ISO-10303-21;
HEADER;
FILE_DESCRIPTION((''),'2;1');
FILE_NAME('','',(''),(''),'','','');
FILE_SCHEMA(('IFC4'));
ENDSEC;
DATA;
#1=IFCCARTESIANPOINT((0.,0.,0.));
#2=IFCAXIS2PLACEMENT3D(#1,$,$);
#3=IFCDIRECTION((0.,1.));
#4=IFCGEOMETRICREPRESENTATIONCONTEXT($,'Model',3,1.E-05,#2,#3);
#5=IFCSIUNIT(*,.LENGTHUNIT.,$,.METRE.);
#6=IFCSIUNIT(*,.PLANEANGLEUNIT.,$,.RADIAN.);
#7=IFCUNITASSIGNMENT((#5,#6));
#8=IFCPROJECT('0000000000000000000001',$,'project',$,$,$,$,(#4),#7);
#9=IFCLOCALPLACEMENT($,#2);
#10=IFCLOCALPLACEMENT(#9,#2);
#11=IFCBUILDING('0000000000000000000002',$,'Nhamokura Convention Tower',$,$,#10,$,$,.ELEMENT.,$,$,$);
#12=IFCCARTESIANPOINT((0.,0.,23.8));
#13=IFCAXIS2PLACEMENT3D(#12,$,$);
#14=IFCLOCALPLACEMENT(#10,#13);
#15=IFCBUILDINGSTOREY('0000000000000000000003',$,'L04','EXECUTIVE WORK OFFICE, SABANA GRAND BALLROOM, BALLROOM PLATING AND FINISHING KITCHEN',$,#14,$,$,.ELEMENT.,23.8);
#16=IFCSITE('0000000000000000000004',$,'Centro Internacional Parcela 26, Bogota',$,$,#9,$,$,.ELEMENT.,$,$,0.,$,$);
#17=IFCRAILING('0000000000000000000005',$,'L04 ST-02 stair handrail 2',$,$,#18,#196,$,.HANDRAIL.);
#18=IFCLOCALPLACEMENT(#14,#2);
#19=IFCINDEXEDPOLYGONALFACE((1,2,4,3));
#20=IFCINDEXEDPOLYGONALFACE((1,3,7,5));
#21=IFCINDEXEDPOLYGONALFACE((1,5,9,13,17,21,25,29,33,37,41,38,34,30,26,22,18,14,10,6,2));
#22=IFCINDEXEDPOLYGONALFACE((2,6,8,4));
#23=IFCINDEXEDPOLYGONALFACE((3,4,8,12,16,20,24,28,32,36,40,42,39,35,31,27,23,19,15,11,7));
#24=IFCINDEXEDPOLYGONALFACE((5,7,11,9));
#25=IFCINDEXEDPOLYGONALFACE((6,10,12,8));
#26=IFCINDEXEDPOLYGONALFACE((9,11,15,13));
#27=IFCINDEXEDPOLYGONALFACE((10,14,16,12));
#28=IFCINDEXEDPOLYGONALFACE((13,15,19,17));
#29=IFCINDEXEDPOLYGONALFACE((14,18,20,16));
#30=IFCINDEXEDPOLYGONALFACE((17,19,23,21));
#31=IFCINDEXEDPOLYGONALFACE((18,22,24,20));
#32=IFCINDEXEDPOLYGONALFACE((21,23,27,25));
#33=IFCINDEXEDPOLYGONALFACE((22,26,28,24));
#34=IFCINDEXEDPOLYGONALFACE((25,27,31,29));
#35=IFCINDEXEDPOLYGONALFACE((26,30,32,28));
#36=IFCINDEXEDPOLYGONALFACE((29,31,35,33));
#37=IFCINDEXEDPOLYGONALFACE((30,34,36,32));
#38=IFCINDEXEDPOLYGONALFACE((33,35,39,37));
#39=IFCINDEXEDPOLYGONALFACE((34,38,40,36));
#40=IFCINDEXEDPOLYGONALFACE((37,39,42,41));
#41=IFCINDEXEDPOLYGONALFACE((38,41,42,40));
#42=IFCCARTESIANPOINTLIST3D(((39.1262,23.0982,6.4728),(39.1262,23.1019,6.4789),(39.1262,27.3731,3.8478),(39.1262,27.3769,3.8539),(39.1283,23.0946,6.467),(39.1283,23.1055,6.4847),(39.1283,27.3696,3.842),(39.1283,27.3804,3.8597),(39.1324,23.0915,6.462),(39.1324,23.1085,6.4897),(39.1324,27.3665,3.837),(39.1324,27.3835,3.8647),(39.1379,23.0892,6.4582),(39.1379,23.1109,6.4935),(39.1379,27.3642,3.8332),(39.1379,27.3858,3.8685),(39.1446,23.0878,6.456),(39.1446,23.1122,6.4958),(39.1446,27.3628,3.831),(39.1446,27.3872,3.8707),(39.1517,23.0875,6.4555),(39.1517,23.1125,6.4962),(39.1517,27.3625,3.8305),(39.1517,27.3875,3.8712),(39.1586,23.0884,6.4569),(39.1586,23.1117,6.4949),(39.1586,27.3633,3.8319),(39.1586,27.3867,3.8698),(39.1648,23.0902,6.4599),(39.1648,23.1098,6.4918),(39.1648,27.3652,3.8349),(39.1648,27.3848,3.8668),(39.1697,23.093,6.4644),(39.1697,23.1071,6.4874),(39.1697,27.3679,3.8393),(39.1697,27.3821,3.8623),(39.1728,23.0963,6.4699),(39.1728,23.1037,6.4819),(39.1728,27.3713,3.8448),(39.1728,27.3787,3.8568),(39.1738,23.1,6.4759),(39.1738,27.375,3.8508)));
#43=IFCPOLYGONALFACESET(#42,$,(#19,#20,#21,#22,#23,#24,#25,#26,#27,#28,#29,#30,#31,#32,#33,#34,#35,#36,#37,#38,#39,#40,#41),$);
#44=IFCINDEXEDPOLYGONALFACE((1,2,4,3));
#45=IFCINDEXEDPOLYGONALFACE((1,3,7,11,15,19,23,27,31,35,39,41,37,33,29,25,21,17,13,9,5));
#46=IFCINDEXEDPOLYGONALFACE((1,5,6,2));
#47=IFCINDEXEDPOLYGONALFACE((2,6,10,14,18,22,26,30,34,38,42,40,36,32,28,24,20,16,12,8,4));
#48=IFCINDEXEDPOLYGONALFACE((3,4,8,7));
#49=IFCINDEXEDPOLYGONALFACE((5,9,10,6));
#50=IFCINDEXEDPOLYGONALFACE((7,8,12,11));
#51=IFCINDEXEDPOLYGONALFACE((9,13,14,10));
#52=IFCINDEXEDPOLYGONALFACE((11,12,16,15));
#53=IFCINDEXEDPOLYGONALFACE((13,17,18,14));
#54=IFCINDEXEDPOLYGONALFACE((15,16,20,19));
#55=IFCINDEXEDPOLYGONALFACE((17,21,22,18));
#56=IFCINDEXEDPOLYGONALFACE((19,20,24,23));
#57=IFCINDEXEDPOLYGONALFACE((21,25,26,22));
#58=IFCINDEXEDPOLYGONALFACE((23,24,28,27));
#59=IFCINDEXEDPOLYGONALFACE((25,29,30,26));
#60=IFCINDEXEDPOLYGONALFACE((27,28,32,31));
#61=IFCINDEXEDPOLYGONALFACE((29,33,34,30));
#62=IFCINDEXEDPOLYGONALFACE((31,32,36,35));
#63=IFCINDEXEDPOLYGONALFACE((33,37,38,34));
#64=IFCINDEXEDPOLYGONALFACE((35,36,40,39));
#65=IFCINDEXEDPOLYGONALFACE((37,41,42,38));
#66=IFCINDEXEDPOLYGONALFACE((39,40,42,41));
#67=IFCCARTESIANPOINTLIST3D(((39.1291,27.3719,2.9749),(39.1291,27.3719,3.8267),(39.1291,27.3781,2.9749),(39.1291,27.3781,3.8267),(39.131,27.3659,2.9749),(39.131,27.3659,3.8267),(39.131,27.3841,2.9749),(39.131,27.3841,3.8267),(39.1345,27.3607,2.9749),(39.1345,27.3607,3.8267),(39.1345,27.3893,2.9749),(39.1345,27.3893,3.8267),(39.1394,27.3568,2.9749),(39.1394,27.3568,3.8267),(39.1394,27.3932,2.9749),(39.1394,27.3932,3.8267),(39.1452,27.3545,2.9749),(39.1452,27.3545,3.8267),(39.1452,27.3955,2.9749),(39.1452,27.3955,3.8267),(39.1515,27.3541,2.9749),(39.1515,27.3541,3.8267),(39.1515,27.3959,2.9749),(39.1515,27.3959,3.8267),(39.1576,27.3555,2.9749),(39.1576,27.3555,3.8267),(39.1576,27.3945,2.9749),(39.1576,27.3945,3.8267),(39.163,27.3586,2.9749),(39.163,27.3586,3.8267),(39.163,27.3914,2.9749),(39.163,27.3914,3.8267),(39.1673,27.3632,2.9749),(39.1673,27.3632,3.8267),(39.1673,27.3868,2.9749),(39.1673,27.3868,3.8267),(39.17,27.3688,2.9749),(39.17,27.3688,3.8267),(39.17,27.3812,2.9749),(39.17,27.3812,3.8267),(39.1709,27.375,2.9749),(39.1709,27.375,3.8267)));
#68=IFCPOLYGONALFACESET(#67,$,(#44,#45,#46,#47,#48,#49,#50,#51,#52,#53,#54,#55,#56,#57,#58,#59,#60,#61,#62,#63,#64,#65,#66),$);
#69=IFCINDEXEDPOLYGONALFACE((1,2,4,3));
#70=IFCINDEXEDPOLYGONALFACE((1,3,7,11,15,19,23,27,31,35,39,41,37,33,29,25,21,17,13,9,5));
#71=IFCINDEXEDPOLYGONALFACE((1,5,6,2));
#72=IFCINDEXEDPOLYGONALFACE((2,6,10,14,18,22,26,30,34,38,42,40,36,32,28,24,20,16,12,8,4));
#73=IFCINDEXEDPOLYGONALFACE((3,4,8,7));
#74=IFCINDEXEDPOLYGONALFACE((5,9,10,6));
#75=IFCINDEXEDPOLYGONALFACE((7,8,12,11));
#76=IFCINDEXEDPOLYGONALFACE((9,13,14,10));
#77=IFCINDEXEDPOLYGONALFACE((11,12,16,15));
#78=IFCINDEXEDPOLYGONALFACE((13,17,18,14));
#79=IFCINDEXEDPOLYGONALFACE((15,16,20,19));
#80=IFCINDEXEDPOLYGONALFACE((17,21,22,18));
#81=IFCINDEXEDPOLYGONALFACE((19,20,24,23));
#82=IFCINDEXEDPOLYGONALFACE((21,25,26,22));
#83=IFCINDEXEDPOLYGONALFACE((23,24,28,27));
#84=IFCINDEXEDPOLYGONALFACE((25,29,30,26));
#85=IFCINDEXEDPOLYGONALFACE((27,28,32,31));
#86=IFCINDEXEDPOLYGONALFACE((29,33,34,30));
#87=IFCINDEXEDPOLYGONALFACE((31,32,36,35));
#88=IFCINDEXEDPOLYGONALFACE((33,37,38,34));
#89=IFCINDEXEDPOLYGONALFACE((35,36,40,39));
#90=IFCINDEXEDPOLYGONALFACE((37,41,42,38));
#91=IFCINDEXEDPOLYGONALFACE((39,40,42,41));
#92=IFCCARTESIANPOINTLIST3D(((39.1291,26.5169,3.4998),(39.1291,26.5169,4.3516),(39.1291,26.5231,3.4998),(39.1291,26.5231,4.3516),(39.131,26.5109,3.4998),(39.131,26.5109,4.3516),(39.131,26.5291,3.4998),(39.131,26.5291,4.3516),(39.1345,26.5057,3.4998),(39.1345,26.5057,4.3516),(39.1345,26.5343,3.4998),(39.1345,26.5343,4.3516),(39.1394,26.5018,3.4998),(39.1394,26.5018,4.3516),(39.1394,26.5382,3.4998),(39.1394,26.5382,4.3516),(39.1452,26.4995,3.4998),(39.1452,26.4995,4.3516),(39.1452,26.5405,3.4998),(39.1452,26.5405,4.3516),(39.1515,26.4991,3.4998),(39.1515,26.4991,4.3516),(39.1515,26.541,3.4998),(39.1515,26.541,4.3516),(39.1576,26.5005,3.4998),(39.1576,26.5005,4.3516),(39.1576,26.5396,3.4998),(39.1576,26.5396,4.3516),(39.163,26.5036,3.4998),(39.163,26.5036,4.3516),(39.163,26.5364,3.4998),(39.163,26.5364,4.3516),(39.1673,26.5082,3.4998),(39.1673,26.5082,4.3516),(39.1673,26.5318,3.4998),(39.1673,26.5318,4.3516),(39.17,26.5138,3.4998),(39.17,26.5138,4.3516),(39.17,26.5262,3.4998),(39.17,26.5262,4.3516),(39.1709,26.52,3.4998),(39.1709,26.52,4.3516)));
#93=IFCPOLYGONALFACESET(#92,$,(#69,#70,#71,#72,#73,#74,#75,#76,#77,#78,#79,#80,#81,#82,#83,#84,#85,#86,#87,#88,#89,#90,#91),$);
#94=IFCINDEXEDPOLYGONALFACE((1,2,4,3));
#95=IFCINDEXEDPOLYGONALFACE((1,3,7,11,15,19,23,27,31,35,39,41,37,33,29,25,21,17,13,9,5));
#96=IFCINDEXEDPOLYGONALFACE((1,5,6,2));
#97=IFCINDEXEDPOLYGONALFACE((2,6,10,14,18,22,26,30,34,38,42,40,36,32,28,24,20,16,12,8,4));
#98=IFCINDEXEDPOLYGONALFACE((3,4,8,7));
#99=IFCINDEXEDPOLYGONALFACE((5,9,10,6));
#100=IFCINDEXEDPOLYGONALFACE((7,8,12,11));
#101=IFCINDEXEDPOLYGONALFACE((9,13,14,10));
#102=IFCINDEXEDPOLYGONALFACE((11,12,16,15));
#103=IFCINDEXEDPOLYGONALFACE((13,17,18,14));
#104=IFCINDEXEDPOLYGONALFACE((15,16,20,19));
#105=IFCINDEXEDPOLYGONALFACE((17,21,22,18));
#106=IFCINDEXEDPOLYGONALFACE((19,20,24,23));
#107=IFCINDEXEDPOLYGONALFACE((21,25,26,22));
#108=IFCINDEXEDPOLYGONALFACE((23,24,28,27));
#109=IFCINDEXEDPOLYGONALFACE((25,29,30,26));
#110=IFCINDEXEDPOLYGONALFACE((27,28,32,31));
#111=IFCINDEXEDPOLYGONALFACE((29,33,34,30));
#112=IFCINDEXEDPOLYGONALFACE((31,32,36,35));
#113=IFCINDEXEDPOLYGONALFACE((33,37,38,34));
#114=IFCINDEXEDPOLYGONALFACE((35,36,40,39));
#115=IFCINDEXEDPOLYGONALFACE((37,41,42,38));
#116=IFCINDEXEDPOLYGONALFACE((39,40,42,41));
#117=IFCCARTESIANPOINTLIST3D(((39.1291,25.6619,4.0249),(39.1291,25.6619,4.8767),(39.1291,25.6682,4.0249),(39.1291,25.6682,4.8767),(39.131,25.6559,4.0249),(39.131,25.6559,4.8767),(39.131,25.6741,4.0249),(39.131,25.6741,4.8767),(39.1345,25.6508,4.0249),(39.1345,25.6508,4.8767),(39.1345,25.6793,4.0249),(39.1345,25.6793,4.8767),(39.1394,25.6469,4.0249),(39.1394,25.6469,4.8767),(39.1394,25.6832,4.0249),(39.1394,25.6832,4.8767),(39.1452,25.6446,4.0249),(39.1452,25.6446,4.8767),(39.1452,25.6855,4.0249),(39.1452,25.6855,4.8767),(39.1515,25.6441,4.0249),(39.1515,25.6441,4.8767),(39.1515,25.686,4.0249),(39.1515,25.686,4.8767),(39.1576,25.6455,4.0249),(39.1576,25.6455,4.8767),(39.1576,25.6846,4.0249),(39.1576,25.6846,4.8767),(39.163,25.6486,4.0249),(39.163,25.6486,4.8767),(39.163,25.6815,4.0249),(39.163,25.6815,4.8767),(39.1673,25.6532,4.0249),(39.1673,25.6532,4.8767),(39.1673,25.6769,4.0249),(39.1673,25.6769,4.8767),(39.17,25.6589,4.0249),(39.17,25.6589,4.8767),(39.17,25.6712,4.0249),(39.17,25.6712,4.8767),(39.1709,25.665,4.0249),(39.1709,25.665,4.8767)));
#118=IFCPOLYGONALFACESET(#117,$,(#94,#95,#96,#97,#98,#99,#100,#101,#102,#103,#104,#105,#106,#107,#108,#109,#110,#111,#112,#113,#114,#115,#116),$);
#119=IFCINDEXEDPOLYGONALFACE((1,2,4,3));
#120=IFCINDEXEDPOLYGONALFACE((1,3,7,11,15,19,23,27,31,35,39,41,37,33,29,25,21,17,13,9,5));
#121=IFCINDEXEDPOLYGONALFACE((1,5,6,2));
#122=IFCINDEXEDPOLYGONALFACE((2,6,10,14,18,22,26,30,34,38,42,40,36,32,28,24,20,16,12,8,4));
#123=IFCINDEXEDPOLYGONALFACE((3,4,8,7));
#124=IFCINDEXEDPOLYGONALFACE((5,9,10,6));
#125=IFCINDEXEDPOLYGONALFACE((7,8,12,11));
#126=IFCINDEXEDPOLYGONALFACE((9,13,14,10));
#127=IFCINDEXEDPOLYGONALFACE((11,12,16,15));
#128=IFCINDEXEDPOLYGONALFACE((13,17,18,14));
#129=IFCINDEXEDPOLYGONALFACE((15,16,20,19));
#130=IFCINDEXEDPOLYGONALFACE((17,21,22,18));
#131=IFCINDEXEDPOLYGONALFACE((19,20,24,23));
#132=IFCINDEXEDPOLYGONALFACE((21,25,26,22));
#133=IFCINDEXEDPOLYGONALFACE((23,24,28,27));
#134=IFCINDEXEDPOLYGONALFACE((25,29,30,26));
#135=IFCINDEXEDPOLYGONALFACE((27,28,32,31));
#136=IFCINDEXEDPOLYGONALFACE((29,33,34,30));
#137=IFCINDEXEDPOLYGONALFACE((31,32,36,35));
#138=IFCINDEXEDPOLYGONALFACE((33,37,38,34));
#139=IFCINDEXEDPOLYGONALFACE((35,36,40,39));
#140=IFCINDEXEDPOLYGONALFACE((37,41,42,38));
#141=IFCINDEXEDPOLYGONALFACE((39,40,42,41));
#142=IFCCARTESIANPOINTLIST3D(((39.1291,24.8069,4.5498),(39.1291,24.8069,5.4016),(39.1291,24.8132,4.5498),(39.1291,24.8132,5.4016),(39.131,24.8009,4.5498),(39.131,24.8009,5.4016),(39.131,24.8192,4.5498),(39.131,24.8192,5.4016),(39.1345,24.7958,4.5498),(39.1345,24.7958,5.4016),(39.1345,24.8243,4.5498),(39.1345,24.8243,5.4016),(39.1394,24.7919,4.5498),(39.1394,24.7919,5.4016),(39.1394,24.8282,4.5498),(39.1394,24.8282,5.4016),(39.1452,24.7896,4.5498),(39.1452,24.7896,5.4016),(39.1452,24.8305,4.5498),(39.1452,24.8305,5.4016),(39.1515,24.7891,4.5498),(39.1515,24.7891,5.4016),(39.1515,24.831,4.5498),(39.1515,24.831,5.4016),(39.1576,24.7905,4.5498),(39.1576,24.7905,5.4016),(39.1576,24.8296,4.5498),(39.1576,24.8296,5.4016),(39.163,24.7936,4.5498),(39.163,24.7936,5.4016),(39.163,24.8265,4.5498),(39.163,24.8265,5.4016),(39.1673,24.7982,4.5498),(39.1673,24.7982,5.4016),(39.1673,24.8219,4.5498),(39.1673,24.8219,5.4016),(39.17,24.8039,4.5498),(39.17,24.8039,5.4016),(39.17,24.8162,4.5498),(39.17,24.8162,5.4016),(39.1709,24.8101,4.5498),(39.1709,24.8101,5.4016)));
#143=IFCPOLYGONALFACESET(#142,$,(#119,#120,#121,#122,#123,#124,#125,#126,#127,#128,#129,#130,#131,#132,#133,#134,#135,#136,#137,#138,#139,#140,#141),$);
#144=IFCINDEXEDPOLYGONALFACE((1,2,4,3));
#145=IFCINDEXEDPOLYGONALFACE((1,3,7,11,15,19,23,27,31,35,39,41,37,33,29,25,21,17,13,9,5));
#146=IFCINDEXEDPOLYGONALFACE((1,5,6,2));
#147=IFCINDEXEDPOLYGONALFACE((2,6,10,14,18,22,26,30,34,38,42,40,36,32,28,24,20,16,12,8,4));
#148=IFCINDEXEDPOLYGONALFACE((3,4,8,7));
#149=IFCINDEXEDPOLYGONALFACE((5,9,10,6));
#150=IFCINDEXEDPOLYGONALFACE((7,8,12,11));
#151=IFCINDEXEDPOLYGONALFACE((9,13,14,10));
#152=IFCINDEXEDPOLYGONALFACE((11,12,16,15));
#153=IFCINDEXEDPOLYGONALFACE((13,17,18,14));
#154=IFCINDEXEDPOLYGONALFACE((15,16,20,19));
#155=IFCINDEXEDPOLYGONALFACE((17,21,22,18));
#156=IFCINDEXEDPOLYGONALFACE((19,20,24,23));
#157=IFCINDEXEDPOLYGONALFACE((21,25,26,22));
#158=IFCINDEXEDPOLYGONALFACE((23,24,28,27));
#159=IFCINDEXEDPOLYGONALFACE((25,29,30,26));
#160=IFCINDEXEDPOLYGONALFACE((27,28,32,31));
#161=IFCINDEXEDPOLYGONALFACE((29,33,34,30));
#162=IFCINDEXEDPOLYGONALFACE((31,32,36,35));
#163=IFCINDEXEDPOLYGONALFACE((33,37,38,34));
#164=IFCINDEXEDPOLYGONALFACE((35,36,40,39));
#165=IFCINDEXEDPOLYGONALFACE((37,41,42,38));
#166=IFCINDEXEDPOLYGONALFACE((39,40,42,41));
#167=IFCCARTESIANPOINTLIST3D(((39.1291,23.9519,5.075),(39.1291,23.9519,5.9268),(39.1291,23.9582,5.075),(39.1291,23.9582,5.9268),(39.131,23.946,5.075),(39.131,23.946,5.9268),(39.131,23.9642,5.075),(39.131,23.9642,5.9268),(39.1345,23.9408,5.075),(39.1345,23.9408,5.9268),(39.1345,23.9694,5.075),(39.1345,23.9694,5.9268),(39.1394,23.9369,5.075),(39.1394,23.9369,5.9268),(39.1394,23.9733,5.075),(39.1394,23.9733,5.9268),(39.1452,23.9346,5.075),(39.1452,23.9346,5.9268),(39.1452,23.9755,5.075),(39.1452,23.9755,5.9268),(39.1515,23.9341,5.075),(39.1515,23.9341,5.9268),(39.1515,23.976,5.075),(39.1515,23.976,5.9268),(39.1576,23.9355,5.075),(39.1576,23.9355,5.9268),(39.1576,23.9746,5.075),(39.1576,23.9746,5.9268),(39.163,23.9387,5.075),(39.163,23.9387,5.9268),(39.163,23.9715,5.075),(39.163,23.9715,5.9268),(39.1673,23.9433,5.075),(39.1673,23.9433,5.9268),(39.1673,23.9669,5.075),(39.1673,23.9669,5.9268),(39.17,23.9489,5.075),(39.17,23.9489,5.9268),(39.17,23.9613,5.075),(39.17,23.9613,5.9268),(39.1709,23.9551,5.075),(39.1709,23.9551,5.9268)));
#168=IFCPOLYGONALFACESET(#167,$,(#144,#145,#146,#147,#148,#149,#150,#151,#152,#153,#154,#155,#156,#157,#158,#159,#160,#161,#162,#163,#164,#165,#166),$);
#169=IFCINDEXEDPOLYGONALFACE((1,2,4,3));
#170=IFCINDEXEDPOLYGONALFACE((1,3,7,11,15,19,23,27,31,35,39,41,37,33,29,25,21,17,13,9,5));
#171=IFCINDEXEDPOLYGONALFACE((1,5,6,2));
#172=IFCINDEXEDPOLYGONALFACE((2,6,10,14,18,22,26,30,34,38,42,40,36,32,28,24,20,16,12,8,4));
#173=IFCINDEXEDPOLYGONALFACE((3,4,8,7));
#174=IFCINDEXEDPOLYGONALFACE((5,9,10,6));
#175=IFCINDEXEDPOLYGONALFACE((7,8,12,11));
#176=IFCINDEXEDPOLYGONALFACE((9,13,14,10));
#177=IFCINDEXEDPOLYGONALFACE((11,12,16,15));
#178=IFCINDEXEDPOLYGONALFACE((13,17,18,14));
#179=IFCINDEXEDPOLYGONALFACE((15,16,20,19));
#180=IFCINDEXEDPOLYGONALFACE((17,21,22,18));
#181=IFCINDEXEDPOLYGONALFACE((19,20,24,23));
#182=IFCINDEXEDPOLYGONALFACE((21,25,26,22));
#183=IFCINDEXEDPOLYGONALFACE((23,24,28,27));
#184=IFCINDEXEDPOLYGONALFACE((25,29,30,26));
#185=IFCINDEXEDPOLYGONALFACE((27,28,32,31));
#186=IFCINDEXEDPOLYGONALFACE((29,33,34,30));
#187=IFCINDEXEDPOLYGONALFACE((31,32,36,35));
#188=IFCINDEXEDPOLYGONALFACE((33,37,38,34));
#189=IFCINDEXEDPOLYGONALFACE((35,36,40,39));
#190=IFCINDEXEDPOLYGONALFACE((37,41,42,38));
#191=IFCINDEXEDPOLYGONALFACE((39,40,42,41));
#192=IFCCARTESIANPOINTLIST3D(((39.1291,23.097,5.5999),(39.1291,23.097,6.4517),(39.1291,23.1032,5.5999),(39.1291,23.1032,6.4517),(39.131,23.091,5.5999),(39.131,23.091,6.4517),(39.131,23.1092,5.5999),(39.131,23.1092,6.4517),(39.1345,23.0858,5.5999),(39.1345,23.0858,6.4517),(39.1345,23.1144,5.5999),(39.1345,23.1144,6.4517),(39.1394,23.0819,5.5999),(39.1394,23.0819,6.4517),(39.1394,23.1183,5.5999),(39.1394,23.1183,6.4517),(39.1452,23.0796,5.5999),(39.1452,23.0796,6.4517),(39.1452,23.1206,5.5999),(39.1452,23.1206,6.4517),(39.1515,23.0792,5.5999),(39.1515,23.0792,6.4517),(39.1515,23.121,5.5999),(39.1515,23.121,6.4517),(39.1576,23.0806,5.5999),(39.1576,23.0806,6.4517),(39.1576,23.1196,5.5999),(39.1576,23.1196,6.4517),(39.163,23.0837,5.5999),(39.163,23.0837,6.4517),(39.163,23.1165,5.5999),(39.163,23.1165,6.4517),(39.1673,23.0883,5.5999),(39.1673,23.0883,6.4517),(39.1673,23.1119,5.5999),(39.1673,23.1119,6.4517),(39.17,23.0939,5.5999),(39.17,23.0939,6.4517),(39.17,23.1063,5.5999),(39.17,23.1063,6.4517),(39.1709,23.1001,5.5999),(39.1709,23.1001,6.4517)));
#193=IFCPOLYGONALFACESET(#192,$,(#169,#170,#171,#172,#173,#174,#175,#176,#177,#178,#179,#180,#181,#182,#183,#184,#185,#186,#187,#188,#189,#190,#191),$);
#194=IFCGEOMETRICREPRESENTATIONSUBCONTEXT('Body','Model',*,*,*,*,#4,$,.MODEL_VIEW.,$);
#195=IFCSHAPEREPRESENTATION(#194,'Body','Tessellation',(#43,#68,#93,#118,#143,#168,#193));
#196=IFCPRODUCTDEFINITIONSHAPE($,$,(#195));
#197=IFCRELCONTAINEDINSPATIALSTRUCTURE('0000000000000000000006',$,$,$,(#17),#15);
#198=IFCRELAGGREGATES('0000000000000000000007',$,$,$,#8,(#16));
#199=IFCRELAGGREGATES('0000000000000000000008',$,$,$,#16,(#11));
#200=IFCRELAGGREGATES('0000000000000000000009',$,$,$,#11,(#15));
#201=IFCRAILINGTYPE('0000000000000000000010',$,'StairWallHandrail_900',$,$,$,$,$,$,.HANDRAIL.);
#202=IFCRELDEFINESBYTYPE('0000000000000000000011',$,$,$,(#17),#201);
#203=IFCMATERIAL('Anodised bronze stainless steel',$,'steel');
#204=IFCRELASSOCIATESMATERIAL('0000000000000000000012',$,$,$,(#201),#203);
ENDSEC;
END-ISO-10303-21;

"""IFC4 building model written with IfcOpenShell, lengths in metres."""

from ifc_helpers import new_model, si_unit, direction, frame, origin, origin_2d, place, context, subcontext, project, spatial, circle, extrude, material, type_object, element, save


model = new_model("IFC4")

# Units and contexts
model_context = context("Model", 3, precision=1e-05, world=origin(), true_north=direction((0.0, 1.0)))
body_context = subcontext(model_context, "Body", "Model", "MODEL_VIEW")
ifc_project = project(units=[si_unit("LENGTHUNIT", "METRE"), si_unit("PLANEANGLEUNIT", "RADIAN")], contexts=[model_context])

# Site, building, storey
site_placement = place(None, origin())
site = spatial("IfcSite", under=ifc_project, at=site_placement, Name="Centro Internacional Parcela 26, Bogota", CompositionType="ELEMENT", RefElevation=0.0)
building_placement = place(site_placement, origin())
building = spatial("IfcBuilding", under=site, at=building_placement, Name="Nhamokura Convention Tower", CompositionType="ELEMENT")
storey_placement = place(building_placement, frame((0.0, 0.0, 23.8)))
storey = spatial("IfcBuildingStorey", under=building, at=storey_placement, Name="L04", Description="EXECUTIVE WORK OFFICE, SABANA GRAND BALLROOM, BALLROOM PLATING AND FINISHING KITCHEN", CompositionType="ELEMENT", Elevation=23.8)

# Railing
ifc_material_1 = material(Name="Anodised bronze stainless steel", Category="steel")
railing_type_1 = type_object("IfcRailingType", Name="StairWallHandrail_900", PredefinedType="HANDRAIL", material=ifc_material_1)
railing_1_placement = place(storey_placement, frame((39.1499, 27.375, 2.9749)))
element("IfcRailing", 1, at=railing_1_placement, inside=storey, type_object=railing_type_1, Name="L04 ST-02 stair handrail 2", PredefinedType="HANDRAIL", context=body_context, shape_type="SweptSolid", body=[
    extrude(circle(Radius=0.0239, at=origin_2d()), frame((0.0, 0.0, 0.876), z_axis=(0.0, -0.852166, 0.523272), x_axis=(1.0, 0.0, 0.0)), (0.0, 0.0, 1.0), 5.0166),
    extrude(circle(Radius=0.021, at=origin_2d()), origin(), (0.0, 0.0, 1.0), 0.8518),
    extrude(circle(Radius=0.021, at=origin_2d()), frame((0.0, -0.855, 0.5249)), (0.0, 0.0, 1.0), 0.8518),
    extrude(circle(Radius=0.021, at=origin_2d()), frame((0.0, -1.71, 1.05)), (0.0, 0.0, 1.0), 0.8518),
    extrude(circle(Radius=0.021, at=origin_2d()), frame((0.0, -2.5649, 1.575)), (0.0, 0.0, 1.0), 0.8518),
    extrude(circle(Radius=0.021, at=origin_2d()), frame((0.0, -3.4199, 2.1001)), (0.0, 0.0, 1.0), 0.8518),
    extrude(circle(Radius=0.021, at=origin_2d()), frame((0.0, -4.2749, 2.625)), (0.0, 0.0, 1.0), 0.8518),
])

save(model, "model.ifc")
